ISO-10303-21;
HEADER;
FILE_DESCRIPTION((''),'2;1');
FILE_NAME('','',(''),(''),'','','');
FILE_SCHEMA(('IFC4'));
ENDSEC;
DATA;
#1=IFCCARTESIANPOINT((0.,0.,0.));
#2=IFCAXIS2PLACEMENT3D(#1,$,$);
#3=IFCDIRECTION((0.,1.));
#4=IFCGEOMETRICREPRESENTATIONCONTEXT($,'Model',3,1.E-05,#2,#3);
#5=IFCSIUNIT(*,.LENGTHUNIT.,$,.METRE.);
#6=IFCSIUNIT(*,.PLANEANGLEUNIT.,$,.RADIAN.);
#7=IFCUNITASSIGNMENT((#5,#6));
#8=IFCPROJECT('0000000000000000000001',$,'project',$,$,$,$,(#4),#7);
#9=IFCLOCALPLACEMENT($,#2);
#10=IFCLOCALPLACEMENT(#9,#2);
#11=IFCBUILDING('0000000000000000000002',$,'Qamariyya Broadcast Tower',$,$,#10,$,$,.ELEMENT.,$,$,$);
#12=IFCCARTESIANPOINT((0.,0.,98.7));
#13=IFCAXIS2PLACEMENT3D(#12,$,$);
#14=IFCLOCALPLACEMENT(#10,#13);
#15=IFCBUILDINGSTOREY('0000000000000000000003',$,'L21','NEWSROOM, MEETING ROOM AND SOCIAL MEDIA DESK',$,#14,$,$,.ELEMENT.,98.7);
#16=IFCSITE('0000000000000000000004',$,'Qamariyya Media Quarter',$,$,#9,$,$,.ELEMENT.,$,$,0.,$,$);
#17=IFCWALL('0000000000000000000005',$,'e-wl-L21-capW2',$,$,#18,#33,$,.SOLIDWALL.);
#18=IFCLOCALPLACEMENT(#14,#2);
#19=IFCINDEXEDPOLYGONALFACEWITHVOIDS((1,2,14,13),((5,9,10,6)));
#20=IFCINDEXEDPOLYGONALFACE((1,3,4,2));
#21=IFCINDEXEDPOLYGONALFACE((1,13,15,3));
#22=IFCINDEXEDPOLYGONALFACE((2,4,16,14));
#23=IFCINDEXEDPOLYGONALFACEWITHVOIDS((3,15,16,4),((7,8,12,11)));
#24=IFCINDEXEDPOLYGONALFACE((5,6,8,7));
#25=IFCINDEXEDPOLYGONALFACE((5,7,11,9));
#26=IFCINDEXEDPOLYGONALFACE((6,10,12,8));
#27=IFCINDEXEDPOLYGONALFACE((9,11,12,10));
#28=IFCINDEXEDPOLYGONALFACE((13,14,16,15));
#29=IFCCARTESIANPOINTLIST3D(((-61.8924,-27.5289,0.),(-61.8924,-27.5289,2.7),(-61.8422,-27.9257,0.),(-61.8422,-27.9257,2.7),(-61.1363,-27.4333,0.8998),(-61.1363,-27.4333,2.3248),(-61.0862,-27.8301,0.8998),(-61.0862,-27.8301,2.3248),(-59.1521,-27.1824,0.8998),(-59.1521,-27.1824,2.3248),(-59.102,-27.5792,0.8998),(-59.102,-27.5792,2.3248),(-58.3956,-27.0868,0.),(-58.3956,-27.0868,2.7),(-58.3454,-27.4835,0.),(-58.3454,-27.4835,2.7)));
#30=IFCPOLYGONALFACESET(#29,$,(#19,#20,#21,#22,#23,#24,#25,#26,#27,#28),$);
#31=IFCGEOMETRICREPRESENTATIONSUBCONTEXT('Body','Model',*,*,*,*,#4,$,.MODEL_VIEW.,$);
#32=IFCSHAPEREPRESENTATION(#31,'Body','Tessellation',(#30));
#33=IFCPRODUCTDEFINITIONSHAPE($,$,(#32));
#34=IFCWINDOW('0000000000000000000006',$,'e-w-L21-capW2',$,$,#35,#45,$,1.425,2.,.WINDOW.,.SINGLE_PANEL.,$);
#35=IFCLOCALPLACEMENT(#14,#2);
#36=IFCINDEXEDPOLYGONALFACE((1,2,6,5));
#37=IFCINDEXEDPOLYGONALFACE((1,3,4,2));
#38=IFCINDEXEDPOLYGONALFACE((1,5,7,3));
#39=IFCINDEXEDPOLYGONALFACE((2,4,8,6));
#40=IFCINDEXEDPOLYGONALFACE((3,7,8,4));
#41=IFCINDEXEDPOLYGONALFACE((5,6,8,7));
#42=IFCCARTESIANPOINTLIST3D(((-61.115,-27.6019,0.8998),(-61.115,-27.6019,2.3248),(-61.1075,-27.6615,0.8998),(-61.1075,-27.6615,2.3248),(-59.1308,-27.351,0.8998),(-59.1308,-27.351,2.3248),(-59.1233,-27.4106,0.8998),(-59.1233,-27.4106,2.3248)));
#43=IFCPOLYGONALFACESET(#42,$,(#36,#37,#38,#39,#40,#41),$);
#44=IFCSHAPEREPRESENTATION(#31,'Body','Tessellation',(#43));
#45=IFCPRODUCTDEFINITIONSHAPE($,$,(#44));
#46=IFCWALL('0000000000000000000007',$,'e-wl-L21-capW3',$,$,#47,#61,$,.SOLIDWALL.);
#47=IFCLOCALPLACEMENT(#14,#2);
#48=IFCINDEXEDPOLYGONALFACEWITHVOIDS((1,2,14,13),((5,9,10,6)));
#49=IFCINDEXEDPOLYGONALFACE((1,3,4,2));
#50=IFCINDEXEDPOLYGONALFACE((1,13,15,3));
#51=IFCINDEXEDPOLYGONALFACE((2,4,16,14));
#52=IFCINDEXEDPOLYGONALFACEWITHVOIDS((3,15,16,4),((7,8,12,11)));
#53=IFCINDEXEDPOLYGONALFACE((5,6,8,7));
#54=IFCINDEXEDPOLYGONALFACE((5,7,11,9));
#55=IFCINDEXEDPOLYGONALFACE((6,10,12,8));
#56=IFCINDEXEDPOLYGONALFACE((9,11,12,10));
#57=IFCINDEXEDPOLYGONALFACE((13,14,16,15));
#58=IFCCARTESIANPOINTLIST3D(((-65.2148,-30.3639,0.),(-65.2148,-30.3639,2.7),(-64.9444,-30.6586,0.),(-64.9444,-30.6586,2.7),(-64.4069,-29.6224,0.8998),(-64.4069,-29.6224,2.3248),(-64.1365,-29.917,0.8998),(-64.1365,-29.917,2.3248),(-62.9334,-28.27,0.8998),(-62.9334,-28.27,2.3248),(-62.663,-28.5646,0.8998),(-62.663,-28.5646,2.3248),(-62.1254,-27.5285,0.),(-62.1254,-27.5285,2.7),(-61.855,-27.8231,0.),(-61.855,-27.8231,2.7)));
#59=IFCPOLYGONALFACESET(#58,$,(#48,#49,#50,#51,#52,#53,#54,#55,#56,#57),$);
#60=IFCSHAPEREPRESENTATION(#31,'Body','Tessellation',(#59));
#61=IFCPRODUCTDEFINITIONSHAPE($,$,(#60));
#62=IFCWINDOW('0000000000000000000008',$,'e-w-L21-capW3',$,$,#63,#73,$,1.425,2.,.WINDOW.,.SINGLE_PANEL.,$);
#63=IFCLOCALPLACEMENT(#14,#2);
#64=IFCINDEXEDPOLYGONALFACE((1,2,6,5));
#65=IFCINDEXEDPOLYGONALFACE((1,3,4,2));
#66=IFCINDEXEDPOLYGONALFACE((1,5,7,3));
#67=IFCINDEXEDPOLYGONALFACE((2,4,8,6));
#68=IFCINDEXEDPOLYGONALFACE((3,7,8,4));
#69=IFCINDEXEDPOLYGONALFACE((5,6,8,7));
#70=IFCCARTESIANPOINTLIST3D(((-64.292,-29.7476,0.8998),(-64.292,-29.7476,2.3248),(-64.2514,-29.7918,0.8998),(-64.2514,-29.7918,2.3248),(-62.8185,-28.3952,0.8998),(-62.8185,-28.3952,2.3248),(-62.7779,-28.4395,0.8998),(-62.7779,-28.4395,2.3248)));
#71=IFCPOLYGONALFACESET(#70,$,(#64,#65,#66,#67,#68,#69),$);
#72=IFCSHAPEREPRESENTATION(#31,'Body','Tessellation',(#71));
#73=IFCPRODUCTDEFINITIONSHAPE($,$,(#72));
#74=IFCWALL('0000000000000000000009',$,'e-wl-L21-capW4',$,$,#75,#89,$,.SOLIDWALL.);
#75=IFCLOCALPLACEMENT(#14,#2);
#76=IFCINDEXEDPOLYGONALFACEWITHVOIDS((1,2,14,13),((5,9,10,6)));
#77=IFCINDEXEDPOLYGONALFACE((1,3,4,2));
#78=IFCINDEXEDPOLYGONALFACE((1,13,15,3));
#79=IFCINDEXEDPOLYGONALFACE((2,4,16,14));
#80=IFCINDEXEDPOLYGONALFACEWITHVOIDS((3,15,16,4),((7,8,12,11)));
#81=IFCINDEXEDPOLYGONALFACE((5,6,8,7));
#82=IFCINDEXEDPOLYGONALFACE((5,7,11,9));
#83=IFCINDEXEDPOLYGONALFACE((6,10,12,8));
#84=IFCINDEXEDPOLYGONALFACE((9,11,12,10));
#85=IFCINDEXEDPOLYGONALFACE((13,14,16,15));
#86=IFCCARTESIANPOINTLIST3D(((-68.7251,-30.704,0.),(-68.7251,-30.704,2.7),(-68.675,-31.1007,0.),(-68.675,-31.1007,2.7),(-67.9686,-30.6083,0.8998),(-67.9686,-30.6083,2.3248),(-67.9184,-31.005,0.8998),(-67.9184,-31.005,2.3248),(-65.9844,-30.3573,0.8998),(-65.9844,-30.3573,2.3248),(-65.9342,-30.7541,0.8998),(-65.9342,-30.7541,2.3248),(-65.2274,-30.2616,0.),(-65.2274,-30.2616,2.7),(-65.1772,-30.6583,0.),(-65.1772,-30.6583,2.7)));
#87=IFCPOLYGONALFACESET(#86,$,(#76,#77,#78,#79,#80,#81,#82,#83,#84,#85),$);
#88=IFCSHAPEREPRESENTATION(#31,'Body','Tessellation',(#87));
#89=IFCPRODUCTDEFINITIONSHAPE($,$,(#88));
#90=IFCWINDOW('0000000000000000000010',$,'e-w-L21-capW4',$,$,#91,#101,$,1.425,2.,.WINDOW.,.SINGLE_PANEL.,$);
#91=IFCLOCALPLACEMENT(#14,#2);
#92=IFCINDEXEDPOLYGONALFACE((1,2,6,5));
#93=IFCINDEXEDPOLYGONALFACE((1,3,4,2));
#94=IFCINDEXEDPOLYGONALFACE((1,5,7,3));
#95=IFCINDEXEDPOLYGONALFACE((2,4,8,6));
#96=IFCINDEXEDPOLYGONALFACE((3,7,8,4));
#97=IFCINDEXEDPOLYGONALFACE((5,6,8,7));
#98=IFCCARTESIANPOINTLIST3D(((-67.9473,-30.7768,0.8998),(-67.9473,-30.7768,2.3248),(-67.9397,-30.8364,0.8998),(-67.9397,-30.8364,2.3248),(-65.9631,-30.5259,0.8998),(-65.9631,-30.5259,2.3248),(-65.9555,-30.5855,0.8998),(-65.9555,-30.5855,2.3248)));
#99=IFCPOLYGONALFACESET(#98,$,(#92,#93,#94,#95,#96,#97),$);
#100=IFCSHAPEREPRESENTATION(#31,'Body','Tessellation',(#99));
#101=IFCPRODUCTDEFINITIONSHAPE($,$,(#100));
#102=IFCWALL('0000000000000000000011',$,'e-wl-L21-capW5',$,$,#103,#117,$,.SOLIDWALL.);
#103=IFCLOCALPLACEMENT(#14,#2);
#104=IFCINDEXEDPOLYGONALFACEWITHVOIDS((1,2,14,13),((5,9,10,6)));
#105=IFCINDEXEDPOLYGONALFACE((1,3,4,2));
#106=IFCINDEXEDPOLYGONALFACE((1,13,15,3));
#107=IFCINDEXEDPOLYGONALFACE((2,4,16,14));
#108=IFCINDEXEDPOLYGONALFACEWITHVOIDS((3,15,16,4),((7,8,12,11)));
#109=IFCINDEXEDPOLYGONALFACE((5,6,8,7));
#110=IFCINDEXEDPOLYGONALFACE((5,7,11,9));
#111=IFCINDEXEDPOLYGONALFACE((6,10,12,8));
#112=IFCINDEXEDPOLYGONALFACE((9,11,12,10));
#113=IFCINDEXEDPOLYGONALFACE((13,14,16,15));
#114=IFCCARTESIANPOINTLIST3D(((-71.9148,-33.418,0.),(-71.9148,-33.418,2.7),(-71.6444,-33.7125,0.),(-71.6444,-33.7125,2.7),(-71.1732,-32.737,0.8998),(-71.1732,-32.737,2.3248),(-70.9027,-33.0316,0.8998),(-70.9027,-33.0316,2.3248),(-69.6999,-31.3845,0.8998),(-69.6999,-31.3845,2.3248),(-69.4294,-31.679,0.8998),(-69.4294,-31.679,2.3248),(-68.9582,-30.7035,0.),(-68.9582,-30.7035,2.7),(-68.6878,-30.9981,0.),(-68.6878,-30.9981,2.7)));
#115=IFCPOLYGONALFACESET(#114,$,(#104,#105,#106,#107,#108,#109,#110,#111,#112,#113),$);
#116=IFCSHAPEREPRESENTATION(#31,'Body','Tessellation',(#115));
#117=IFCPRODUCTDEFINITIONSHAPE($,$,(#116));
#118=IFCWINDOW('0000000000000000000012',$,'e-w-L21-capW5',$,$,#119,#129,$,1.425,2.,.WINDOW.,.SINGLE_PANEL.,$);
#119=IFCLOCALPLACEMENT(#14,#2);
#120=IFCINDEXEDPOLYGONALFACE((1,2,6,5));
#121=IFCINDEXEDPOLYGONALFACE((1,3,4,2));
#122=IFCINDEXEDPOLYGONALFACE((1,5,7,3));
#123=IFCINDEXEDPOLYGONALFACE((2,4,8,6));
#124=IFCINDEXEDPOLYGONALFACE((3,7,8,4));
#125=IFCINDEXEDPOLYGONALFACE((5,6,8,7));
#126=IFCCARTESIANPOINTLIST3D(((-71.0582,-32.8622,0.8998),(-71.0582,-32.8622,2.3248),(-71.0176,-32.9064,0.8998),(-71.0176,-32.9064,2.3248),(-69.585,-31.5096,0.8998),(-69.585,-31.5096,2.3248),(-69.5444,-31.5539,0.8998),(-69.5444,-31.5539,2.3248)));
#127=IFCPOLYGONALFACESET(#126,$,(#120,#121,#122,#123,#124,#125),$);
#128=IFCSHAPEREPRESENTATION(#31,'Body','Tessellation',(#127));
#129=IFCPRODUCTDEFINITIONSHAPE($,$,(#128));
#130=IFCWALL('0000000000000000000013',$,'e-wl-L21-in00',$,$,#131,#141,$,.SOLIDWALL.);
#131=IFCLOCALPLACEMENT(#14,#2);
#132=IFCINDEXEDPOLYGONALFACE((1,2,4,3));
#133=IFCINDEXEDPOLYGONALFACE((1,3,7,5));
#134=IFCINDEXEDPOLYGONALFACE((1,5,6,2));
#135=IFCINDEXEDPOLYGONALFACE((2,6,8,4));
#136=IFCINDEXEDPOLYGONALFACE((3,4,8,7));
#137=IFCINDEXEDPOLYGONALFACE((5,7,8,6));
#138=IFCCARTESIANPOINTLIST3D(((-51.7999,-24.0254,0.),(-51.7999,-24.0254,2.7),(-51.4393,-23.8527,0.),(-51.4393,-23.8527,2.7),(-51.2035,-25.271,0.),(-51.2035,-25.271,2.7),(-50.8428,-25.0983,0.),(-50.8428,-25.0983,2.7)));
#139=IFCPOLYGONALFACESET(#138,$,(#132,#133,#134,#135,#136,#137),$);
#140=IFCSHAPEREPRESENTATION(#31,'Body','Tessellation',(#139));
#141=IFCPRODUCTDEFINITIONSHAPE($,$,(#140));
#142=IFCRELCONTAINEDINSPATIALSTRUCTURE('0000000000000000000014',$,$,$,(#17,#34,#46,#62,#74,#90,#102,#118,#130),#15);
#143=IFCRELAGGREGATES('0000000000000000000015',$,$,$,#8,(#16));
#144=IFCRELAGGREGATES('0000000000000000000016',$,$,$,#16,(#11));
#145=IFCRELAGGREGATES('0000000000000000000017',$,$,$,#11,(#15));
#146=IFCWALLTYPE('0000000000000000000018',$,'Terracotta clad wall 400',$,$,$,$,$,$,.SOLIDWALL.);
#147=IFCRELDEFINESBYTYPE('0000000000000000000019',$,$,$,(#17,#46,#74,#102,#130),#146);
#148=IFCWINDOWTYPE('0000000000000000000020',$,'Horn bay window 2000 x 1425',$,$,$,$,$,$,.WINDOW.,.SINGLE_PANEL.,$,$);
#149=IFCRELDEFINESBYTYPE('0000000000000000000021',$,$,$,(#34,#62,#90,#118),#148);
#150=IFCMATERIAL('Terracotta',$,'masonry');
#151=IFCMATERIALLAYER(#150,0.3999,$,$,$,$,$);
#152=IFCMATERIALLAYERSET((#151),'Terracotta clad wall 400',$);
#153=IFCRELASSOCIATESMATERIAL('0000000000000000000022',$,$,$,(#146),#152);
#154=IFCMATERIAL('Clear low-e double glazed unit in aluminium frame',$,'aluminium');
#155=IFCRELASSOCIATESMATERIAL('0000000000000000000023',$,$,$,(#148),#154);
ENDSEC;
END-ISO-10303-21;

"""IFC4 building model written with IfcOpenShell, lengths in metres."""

from ifc_helpers import new_model, si_unit, direction, frame, frame_2d, origin, place, context, subcontext, project, spatial, rectangle, extrude, material, layer, layer_set, type_object, element, fill, save


model = new_model("IFC4")

# Units and contexts
model_context = context("Model", 3, precision=1e-05, world=origin(), true_north=direction((0.0, 1.0)))
body_context = subcontext(model_context, "Body", "Model", "MODEL_VIEW")
ifc_project = project(units=[si_unit("LENGTHUNIT", "METRE"), si_unit("PLANEANGLEUNIT", "RADIAN")], contexts=[model_context])

# Site, building, storey
site_placement = place(None, origin())
site = spatial("IfcSite", under=ifc_project, at=site_placement, Name="Qamariyya Media Quarter", CompositionType="ELEMENT", RefElevation=0.0)
building_placement = place(site_placement, origin())
building = spatial("IfcBuilding", under=site, at=building_placement, Name="Qamariyya Broadcast Tower", CompositionType="ELEMENT")
storey_placement = place(building_placement, frame((0.0, 0.0, 98.7)))
storey = spatial("IfcBuildingStorey", under=building, at=storey_placement, Name="L21", Description="NEWSROOM, MEETING ROOM AND SOCIAL MEDIA DESK", CompositionType="ELEMENT", Elevation=98.7)

# Walls, openings, windows
ifc_material_1 = material(Name="Terracotta", Category="masonry")
ifc_layer = layer(ifc_material_1, 0.3999)
ifc_layer_set = layer_set([ifc_layer], Name="Terracotta clad wall 400")
wall_type = type_object("IfcWallType", Name="Terracotta clad wall 400", PredefinedType="SOLIDWALL", material=ifc_layer_set)
ifc_material_2 = material(Name="Clear low-e double glazed unit in aluminium frame", Category="aluminium")
window_type_1 = type_object("IfcWindowType", Name="Horn bay window 2000 x 1425", PartitioningType="SINGLE_PANEL", PredefinedType="WINDOW", material=ifc_material_2)
wall_1_placement = place(storey_placement, frame((-58.3706, -27.2852, 0.0), z_axis=(0.0, 0.0, 1.0), x_axis=(-0.992101, -0.125441, 0.0)))
wall_1 = element("IfcWall", 1, at=wall_1_placement, inside=storey, type_object=wall_type, Name="e-wl-L21-capW2", PredefinedType="SOLIDWALL", context=body_context, shape_type="SweptSolid", body=[
    extrude(rectangle(XDim=3.5247, YDim=0.3999, at=frame_2d((1.7622, 0.0))), origin(), (0.0, 0.0, 1.0), 2.7),
])
opening_1_placement = place(wall_1_placement, frame((0.7625, 0.0, 0.8999)))
opening_1 = element("IfcOpeningElement", 2, at=opening_1_placement, cuts=wall_1, PredefinedType="OPENING", context=body_context, shape_type="SweptSolid", body=[
    extrude(rectangle(XDim=2.0, YDim=1.425, at=frame_2d((1.0, 0.7124))), frame((0.0, 0.21, 0.0), z_axis=(0.0, -1.0, 0.0), x_axis=(1.0, 0.0, 0.0)), (0.0, 0.0, 1.0), 0.4199),
])
window_1_placement = place(opening_1_placement, origin())
window_1 = element("IfcWindow", 3, at=window_1_placement, inside=storey, type_object=window_type_1, Name="e-w-L21-capW2", OverallHeight=1.425, OverallWidth=2.0, PartitioningType="SINGLE_PANEL", PredefinedType="WINDOW", context=body_context, shape_type="SweptSolid", body=[
    extrude(rectangle(XDim=2.0, YDim=1.425, at=frame_2d((1.0, 0.7124))), frame((0.0, 0.03, 0.0), z_axis=(0.0, -1.0, 0.0), x_axis=(1.0, 0.0, 0.0)), (0.0, 0.0, 1.0), 0.0601),
])
fill(opening_1, window_1)
wall_2_placement = place(storey_placement, frame((-61.9902, -27.6758, 0.0), z_axis=(0.0, 0.0, 1.0), x_axis=(-0.736733, -0.676183, 0.0)))
wall_2 = element("IfcWall", 4, at=wall_2_placement, inside=storey, type_object=wall_type, Name="e-wl-L21-capW3", PredefinedType="SOLIDWALL", context=body_context, shape_type="SweptSolid", body=[
    extrude(rectangle(XDim=4.1934, YDim=0.3999, at=frame_2d((2.0967, 0.0))), origin(), (0.0, 0.0, 1.0), 2.7),
])
opening_2_placement = place(wall_2_placement, frame((1.0967, 0.0, 0.8999)))
opening_2 = element("IfcOpeningElement", 5, at=opening_2_placement, cuts=wall_2, PredefinedType="OPENING", context=body_context, shape_type="SweptSolid", body=[
    extrude(rectangle(XDim=2.0, YDim=1.425, at=frame_2d((1.0, 0.7124))), frame((0.0, 0.21, 0.0), z_axis=(0.0, -1.0, 0.0), x_axis=(1.0, 0.0, 0.0)), (0.0, 0.0, 1.0), 0.4199),
])
window_2_placement = place(opening_2_placement, origin())
window_2 = element("IfcWindow", 6, at=window_2_placement, inside=storey, type_object=window_type_1, Name="e-w-L21-capW3", OverallHeight=1.425, OverallWidth=2.0, PartitioningType="SINGLE_PANEL", PredefinedType="WINDOW", context=body_context, shape_type="SweptSolid", body=[
    extrude(rectangle(XDim=2.0, YDim=1.425, at=frame_2d((1.0, 0.7124))), frame((0.0, 0.03, 0.0), z_axis=(0.0, -1.0, 0.0), x_axis=(1.0, 0.0, 0.0)), (0.0, 0.0, 1.0), 0.0601),
])
fill(opening_2, window_2)
wall_3_placement = place(storey_placement, frame((-65.2024, -30.46, 0.0), z_axis=(0.0, 0.0, 1.0), x_axis=(-0.992097, -0.125475, 0.0)))
wall_3 = element("IfcWall", 7, at=wall_3_placement, inside=storey, type_object=wall_type, Name="e-wl-L21-capW4", PredefinedType="SOLIDWALL", context=body_context, shape_type="SweptSolid", body=[
    extrude(rectangle(XDim=3.5256, YDim=0.3999, at=frame_2d((1.7627, 0.0))), origin(), (0.0, 0.0, 1.0), 2.7),
])
opening_3_placement = place(wall_3_placement, frame((0.7629, 0.0, 0.8999)))
opening_3 = element("IfcOpeningElement", 8, at=opening_3_placement, cuts=wall_3, PredefinedType="OPENING", context=body_context, shape_type="SweptSolid", body=[
    extrude(rectangle(XDim=2.0, YDim=1.425, at=frame_2d((1.0, 0.7124))), frame((0.0, 0.21, 0.0), z_axis=(0.0, -1.0, 0.0), x_axis=(1.0, 0.0, 0.0)), (0.0, 0.0, 1.0), 0.4199),
])
window_3_placement = place(opening_3_placement, origin())
window_3 = element("IfcWindow", 9, at=window_3_placement, inside=storey, type_object=window_type_1, Name="e-w-L21-capW4", OverallHeight=1.425, OverallWidth=2.0, PartitioningType="SINGLE_PANEL", PredefinedType="WINDOW", context=body_context, shape_type="SweptSolid", body=[
    extrude(rectangle(XDim=2.0, YDim=1.425, at=frame_2d((1.0, 0.7124))), frame((0.0, 0.03, 0.0), z_axis=(0.0, -1.0, 0.0), x_axis=(1.0, 0.0, 0.0)), (0.0, 0.0, 1.0), 0.0601),
])
fill(opening_3, window_3)
wall_4_placement = place(storey_placement, frame((-68.823, -30.8508, 0.0), z_axis=(0.0, 0.0, 1.0), x_axis=(-0.736634, -0.676292, 0.0)))
wall_4 = element("IfcWall", 10, at=wall_4_placement, inside=storey, type_object=wall_type, Name="e-wl-L21-capW5", PredefinedType="SOLIDWALL", context=body_context, shape_type="SweptSolid", body=[
    extrude(rectangle(XDim=4.0137, YDim=0.3999, at=frame_2d((2.0068, 0.0))), origin(), (0.0, 0.0, 1.0), 2.7),
])
opening_4_placement = place(wall_4_placement, frame((1.0068, 0.0, 0.8999)))
opening_4 = element("IfcOpeningElement", 11, at=opening_4_placement, cuts=wall_4, PredefinedType="OPENING", context=body_context, shape_type="SweptSolid", body=[
    extrude(rectangle(XDim=2.0, YDim=1.425, at=frame_2d((1.0, 0.7124))), frame((0.0, 0.21, 0.0), z_axis=(0.0, -1.0, 0.0), x_axis=(1.0, 0.0, 0.0)), (0.0, 0.0, 1.0), 0.4199),
])
window_4_placement = place(opening_4_placement, origin())
window_4 = element("IfcWindow", 12, at=window_4_placement, inside=storey, type_object=window_type_1, Name="e-w-L21-capW5", OverallHeight=1.425, OverallWidth=2.0, PartitioningType="SINGLE_PANEL", PredefinedType="WINDOW", context=body_context, shape_type="SweptSolid", body=[
    extrude(rectangle(XDim=2.0, YDim=1.425, at=frame_2d((1.0, 0.7124))), frame((0.0, 0.03, 0.0), z_axis=(0.0, -1.0, 0.0), x_axis=(1.0, 0.0, 0.0)), (0.0, 0.0, 1.0), 0.0601),
])
fill(opening_4, window_4)

# Wall
wall_5_placement = place(storey_placement, frame((-51.0232, -25.1846, 0.0), z_axis=(0.0, 0.0, 1.0), x_axis=(-0.431875, 0.901934, 0.0)))
element("IfcWall", 13, at=wall_5_placement, inside=storey, type_object=wall_type, Name="e-wl-L21-in00", PredefinedType="SOLIDWALL", context=body_context, shape_type="SweptSolid", body=[
    extrude(rectangle(XDim=1.3811, YDim=0.3999, at=frame_2d((0.6904, 0.0))), origin(), (0.0, 0.0, 1.0), 2.7),
])

save(model, "model.ifc")
